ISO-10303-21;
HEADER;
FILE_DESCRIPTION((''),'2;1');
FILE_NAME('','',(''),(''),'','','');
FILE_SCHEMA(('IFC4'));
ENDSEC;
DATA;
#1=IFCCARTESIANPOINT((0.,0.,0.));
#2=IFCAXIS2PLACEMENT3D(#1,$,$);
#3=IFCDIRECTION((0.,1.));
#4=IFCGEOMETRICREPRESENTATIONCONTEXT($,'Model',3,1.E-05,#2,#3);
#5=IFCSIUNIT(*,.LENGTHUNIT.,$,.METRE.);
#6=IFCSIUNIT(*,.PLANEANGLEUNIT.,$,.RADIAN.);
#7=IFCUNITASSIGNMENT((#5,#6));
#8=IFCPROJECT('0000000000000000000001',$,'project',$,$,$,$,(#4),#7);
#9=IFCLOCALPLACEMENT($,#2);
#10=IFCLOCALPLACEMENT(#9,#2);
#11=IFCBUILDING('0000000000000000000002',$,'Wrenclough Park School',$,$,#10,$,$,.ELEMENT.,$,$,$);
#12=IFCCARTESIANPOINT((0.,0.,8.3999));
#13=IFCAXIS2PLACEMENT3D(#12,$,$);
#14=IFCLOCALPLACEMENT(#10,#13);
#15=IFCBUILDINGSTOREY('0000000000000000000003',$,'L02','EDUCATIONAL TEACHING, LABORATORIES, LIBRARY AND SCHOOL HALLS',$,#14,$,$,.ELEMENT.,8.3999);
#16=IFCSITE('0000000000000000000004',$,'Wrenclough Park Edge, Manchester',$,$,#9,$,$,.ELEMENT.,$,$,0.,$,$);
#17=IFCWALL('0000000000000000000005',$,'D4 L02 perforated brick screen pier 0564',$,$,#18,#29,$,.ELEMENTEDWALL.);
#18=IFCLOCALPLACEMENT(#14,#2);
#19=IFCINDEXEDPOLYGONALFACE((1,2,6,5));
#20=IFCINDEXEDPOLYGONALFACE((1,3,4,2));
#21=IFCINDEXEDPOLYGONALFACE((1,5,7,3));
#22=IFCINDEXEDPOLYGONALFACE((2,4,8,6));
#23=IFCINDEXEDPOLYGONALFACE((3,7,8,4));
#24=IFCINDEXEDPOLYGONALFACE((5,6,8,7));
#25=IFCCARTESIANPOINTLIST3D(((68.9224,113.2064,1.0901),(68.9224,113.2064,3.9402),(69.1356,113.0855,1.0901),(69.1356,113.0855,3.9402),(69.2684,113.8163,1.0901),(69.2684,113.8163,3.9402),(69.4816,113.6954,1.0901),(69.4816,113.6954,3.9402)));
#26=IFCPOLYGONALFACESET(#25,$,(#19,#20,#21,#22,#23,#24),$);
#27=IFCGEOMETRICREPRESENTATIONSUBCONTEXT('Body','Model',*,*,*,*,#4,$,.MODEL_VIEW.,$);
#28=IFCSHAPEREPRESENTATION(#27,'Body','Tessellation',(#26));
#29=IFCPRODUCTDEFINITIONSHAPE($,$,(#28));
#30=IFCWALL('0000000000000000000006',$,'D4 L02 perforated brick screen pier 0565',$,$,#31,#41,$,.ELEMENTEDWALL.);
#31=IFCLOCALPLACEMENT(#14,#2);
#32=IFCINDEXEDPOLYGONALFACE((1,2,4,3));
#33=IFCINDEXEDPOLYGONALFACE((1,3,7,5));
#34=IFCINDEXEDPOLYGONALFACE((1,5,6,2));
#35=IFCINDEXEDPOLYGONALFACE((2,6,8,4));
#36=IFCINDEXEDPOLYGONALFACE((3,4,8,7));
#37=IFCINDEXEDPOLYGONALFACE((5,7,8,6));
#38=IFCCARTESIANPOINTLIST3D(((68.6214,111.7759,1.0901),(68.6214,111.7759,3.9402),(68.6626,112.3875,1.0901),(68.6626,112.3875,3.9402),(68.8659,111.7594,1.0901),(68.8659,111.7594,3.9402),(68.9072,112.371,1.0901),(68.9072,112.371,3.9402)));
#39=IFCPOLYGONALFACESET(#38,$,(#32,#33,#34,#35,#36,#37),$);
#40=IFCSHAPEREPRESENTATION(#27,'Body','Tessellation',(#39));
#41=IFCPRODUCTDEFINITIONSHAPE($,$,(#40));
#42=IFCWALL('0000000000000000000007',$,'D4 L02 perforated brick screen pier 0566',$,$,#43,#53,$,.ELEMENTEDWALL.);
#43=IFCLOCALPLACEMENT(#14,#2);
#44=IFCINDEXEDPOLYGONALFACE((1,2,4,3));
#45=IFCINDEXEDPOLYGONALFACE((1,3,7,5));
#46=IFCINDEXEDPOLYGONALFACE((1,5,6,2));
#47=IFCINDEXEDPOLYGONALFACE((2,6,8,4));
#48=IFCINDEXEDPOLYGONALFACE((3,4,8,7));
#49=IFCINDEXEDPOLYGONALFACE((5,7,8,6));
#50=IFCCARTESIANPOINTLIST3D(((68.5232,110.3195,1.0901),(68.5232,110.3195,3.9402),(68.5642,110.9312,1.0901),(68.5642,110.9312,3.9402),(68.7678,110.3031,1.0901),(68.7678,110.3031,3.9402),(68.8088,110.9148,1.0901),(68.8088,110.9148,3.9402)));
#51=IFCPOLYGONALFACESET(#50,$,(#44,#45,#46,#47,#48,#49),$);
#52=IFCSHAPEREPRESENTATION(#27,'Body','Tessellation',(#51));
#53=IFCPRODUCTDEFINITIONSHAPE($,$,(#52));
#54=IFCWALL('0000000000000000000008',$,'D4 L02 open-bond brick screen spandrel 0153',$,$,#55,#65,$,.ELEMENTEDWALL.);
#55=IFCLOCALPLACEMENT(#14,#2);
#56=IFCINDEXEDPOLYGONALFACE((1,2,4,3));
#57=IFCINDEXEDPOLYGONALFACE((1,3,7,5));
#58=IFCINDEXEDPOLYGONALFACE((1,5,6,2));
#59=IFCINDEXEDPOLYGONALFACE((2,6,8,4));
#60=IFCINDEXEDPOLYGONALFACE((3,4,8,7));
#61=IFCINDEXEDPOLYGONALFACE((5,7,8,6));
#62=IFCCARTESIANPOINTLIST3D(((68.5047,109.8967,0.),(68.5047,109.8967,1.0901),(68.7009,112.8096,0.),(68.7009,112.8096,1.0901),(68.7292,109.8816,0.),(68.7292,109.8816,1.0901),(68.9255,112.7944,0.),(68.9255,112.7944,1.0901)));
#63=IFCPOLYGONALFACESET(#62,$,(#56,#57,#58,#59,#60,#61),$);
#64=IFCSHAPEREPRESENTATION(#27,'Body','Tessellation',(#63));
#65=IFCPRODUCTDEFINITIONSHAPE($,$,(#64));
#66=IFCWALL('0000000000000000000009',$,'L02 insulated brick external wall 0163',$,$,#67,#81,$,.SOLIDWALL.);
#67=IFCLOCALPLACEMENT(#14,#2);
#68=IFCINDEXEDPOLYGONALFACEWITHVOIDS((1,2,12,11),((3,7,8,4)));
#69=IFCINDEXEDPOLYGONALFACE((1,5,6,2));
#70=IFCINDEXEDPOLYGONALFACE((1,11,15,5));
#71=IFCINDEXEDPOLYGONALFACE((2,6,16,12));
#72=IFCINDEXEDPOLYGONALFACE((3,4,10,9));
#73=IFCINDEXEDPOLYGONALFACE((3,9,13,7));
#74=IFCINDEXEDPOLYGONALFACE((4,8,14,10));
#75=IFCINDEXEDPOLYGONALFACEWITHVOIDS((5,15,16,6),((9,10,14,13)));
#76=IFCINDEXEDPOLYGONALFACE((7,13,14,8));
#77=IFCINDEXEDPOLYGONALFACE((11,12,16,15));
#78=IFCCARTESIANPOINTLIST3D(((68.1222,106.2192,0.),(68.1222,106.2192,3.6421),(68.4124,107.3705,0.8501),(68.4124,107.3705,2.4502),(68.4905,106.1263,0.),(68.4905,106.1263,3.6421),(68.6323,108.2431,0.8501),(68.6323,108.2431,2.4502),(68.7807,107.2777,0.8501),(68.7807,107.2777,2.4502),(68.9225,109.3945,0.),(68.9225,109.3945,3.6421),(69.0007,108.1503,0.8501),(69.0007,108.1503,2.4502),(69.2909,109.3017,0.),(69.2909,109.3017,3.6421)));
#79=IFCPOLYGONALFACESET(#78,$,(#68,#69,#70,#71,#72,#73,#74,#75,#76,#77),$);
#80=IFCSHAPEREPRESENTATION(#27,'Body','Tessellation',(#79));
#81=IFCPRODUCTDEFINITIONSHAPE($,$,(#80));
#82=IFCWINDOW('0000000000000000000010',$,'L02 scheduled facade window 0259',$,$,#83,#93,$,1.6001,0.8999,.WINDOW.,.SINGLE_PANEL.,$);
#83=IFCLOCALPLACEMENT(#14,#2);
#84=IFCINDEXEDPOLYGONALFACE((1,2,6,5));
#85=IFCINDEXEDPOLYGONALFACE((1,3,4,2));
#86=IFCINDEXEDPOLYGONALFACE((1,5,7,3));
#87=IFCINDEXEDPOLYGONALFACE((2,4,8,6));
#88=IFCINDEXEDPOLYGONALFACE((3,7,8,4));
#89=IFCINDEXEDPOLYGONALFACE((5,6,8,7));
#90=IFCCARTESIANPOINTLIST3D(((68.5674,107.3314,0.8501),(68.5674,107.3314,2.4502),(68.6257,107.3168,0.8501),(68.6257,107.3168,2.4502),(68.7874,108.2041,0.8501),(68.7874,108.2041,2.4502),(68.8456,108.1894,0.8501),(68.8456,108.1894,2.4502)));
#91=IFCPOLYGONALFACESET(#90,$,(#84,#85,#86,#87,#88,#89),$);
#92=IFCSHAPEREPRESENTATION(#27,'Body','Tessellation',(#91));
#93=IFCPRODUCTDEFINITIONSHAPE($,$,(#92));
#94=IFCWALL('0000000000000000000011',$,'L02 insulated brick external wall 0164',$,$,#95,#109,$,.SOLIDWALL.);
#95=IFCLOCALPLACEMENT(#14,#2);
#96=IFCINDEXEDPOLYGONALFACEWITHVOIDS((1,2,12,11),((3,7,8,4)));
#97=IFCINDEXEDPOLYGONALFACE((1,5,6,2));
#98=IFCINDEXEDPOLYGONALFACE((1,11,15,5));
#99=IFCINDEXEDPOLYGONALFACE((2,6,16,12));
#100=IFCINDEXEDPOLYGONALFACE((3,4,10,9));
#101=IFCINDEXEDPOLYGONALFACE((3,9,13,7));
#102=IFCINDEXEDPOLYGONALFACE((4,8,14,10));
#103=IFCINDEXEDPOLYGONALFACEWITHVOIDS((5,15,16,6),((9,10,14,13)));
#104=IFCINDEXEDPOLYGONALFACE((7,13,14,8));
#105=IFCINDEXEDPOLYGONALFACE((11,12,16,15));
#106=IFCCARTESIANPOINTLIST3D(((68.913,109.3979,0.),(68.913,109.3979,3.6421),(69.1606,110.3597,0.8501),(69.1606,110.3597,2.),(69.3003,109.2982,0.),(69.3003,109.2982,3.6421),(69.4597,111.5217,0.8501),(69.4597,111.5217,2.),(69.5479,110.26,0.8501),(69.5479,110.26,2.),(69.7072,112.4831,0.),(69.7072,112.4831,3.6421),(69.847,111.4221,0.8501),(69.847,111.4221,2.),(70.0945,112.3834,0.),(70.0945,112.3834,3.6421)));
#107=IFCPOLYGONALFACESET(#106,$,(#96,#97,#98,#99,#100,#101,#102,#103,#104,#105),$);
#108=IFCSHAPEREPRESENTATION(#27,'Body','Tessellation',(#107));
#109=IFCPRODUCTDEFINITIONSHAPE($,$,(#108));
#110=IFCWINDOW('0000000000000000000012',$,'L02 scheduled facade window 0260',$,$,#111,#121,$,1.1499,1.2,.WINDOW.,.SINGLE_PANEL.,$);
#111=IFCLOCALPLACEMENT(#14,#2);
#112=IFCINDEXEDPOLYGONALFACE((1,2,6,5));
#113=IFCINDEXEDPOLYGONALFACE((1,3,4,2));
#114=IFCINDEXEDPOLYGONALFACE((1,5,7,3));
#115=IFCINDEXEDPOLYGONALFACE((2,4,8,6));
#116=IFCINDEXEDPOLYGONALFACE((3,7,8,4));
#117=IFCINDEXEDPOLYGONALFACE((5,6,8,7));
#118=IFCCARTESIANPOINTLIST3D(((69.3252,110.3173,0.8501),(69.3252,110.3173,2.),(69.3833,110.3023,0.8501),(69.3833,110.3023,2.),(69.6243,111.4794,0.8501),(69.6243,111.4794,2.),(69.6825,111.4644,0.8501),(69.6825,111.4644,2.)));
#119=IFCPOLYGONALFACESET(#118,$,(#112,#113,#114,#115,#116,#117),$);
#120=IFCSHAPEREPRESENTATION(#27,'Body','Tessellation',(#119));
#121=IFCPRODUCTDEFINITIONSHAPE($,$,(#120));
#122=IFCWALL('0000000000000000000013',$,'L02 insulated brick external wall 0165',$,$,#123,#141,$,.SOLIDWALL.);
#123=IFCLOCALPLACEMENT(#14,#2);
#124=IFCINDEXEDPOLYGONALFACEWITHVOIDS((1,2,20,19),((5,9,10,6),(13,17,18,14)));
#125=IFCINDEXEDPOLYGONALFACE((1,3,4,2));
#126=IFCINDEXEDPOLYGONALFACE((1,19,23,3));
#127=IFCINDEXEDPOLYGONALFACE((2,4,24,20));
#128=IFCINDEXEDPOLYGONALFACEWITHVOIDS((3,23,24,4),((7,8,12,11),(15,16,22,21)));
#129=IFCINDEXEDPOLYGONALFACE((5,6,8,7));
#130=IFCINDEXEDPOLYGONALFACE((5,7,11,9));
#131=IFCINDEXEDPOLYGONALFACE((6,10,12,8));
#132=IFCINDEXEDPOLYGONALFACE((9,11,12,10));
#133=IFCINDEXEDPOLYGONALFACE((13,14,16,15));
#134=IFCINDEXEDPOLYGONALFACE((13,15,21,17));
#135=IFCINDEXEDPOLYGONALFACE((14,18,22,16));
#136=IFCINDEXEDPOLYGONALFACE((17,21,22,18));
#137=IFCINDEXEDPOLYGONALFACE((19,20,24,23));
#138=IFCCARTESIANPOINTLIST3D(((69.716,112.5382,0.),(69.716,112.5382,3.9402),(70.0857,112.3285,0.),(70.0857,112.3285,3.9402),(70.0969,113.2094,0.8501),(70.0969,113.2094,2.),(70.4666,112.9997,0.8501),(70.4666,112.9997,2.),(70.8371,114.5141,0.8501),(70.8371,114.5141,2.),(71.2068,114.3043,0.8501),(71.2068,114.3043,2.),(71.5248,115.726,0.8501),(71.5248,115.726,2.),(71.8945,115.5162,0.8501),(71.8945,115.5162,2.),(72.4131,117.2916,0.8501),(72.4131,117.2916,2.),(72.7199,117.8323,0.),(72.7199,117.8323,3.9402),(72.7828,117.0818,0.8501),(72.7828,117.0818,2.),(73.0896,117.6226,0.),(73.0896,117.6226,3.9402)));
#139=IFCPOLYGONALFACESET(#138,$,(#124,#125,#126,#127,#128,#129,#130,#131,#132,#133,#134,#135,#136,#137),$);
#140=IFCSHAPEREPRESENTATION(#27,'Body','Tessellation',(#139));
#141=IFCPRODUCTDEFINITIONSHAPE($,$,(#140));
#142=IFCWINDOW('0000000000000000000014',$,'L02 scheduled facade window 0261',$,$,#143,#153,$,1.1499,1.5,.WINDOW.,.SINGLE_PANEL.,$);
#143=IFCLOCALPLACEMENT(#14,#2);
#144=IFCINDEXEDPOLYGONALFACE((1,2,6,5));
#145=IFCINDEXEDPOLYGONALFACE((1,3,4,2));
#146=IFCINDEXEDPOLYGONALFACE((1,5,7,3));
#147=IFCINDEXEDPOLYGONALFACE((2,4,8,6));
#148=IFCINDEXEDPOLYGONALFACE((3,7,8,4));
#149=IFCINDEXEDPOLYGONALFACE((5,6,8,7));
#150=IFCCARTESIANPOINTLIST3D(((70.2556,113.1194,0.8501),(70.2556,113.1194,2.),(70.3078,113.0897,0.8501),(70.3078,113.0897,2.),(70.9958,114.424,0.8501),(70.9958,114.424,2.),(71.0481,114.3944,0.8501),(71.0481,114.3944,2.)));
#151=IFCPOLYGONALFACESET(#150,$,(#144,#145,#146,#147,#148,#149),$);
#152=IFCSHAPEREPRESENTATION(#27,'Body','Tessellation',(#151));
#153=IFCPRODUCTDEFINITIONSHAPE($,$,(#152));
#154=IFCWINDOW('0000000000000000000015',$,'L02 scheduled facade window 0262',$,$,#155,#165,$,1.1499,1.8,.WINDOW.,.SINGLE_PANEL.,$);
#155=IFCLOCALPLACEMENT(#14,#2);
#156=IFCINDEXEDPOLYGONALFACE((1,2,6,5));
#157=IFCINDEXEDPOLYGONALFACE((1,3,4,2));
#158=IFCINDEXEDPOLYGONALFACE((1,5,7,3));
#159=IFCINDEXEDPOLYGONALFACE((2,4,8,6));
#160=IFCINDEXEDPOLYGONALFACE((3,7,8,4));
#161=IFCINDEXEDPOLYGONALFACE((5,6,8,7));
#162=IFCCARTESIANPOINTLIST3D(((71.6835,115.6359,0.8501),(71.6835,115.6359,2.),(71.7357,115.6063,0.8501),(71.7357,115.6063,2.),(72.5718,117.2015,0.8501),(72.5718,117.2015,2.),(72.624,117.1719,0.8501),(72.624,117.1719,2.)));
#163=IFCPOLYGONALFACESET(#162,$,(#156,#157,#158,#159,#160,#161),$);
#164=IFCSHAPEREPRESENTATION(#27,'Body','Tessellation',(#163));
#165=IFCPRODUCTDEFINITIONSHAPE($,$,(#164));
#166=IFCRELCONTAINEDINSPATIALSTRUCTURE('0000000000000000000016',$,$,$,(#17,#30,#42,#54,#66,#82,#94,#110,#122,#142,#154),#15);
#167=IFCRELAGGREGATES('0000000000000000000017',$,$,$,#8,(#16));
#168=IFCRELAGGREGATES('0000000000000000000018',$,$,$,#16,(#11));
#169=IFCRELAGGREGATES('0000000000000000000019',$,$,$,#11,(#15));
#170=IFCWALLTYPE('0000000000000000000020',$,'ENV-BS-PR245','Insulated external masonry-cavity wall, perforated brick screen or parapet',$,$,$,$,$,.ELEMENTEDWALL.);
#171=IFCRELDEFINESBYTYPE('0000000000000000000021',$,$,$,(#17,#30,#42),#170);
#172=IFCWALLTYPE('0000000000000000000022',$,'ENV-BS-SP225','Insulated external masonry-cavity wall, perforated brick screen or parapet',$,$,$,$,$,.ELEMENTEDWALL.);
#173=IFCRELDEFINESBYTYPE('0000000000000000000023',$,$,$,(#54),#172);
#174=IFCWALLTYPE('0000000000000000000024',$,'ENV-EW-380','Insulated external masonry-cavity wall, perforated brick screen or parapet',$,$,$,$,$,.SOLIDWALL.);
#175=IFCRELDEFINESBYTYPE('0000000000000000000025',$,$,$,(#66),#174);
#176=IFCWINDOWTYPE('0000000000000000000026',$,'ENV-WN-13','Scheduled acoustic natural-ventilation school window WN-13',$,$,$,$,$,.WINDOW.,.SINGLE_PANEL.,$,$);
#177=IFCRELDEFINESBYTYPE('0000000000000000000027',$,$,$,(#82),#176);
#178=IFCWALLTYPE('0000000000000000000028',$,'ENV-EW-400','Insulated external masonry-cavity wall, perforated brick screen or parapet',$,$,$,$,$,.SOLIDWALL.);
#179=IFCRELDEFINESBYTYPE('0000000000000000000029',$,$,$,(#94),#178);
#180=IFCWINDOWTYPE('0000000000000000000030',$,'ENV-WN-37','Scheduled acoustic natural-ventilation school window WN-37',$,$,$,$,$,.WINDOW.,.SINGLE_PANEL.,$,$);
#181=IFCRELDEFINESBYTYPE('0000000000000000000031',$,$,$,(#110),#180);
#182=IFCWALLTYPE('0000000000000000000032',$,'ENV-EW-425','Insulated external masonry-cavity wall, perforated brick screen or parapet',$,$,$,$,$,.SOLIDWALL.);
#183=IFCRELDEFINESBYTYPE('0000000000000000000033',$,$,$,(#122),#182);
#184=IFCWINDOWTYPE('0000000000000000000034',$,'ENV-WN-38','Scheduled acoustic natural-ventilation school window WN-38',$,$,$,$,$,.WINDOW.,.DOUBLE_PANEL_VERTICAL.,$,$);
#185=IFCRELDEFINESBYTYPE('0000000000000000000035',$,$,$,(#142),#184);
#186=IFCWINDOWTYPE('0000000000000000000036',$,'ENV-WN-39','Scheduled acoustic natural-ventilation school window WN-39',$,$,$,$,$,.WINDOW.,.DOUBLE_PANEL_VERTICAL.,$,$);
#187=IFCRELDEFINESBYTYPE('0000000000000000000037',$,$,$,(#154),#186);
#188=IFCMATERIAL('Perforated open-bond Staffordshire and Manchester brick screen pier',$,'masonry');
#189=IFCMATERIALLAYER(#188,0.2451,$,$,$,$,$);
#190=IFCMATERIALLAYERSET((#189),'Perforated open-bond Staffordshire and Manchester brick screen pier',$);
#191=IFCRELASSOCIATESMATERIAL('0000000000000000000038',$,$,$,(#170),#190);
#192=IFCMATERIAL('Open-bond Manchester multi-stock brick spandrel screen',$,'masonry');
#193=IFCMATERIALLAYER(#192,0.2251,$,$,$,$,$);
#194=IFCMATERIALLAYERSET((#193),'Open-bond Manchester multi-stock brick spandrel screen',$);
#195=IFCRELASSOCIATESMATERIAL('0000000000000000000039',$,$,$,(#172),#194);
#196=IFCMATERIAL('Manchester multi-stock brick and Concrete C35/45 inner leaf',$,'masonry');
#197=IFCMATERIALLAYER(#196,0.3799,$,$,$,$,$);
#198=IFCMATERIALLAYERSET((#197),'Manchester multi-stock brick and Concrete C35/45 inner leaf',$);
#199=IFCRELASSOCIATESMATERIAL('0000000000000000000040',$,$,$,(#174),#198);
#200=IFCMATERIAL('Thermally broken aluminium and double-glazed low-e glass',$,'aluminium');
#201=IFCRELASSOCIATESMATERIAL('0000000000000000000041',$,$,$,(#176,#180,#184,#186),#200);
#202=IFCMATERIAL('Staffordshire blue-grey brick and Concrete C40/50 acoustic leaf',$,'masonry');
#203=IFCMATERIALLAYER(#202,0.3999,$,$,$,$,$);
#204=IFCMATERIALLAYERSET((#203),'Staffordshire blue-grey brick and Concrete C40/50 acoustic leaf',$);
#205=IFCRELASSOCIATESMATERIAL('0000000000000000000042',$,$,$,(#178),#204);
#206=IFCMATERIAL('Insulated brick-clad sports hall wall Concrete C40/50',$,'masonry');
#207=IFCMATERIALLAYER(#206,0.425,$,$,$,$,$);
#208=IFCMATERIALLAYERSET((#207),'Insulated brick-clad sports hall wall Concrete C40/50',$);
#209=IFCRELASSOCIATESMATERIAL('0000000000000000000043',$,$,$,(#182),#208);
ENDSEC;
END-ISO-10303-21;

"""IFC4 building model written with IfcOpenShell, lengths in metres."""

from ifc_helpers import new_model, si_unit, direction, frame, frame_2d, origin, place, context, subcontext, project, spatial, rectangle, extrude, material, layer, layer_set, type_object, element, fill, save


model = new_model("IFC4")

# Units and contexts
model_context = context("Model", 3, precision=1e-05, world=origin(), true_north=direction((0.0, 1.0)))
body_context = subcontext(model_context, "Body", "Model", "MODEL_VIEW")
ifc_project = project(units=[si_unit("LENGTHUNIT", "METRE"), si_unit("PLANEANGLEUNIT", "RADIAN")], contexts=[model_context])

# Site, building, storey
site_placement = place(None, origin())
site = spatial("IfcSite", under=ifc_project, at=site_placement, Name="Wrenclough Park Edge, Manchester", CompositionType="ELEMENT", RefElevation=0.0)
building_placement = place(site_placement, origin())
building = spatial("IfcBuilding", under=site, at=building_placement, Name="Wrenclough Park School", CompositionType="ELEMENT")
storey_placement = place(building_placement, frame((0.0, 0.0, 8.3999)))
storey = spatial("IfcBuildingStorey", under=building, at=storey_placement, Name="L02", Description="EDUCATIONAL TEACHING, LABORATORIES, LIBRARY AND SCHOOL HALLS", CompositionType="ELEMENT", Elevation=8.3999)

# Walls
ifc_material_1 = material(Name="Perforated open-bond Staffordshire and Manchester brick screen pier", Category="masonry")
ifc_layer_1 = layer(ifc_material_1, 0.2451)
ifc_layer_set_1 = layer_set([ifc_layer_1], Name="Perforated open-bond Staffordshire and Manchester brick screen pier")
wall_type_1 = type_object("IfcWallType", Name="ENV-BS-PR245", Description="Insulated external masonry-cavity wall, perforated brick screen or parapet", PredefinedType="ELEMENTEDWALL", material=ifc_layer_set_1)
wall_1_placement = place(storey_placement, frame((69.375, 113.7559, 1.0901), z_axis=(0.0, 0.0, 1.0), x_axis=(-0.493399, -0.869803, 0.0)))
element("IfcWall", 1, at=wall_1_placement, inside=storey, type_object=wall_type_1, Name="D4 L02 perforated brick screen pier 0564", PredefinedType="ELEMENTEDWALL", context=body_context, shape_type="SweptSolid", body=[
    extrude(rectangle(XDim=0.7012, YDim=0.2451, at=frame_2d((0.3506, 0.0))), origin(), (0.0, 0.0, 1.0), 2.8501),
])
for number, where, z_axis, x_axis, name in (
    (2, (68.7849, 112.3794, 1.0901), (0.0, 0.0, 1.0), (-0.067312, -0.997732, 0.0), "D4 L02 perforated brick screen pier 0565"),
    (3, (68.6865, 110.9231, 1.0901), (0.0, 0.0, 1.0), (-0.066916, -0.997759, 0.0), "D4 L02 perforated brick screen pier 0566"),
):
    element("IfcWall", number, at=place(storey_placement, frame(where, z_axis=z_axis, x_axis=x_axis)), inside=storey, type_object=wall_type_1, Name=name, PredefinedType="ELEMENTEDWALL", context=body_context, shape_type="SweptSolid", body=[
        extrude(rectangle(XDim=0.613, YDim=0.2451, at=frame_2d((0.3066, 0.0))), origin(), (0.0, 0.0, 1.0), 2.8501),
    ])
ifc_material_2 = material(Name="Open-bond Manchester multi-stock brick spandrel screen", Category="masonry")
ifc_layer_2 = layer(ifc_material_2, 0.2251)
ifc_layer_set_2 = layer_set([ifc_layer_2], Name="Open-bond Manchester multi-stock brick spandrel screen")
wall_type_2 = type_object("IfcWallType", Name="ENV-BS-SP225", Description="Insulated external masonry-cavity wall, perforated brick screen or parapet", PredefinedType="ELEMENTEDWALL", material=ifc_layer_set_2)
wall_2_placement = place(storey_placement, frame((68.8132, 112.802, 0.0), z_axis=(0.0, 0.0, 1.0), x_axis=(-0.067235, -0.997737, 0.0)))
element("IfcWall", 4, at=wall_2_placement, inside=storey, type_object=wall_type_2, Name="D4 L02 open-bond brick screen spandrel 0153", PredefinedType="ELEMENTEDWALL", context=body_context, shape_type="SweptSolid", body=[
    extrude(rectangle(XDim=2.9194, YDim=0.2251, at=frame_2d((1.4597, 0.0))), origin(), (0.0, 0.0, 1.0), 1.0901),
])

# Walls, openings, windows
ifc_material_3 = material(Name="Manchester multi-stock brick and Concrete C35/45 inner leaf", Category="masonry")
ifc_layer_3 = layer(ifc_material_3, 0.3799)
ifc_layer_set_3 = layer_set([ifc_layer_3], Name="Manchester multi-stock brick and Concrete C35/45 inner leaf")
wall_type_3 = type_object("IfcWallType", Name="ENV-EW-380", Description="Insulated external masonry-cavity wall, perforated brick screen or parapet", PredefinedType="SOLIDWALL", material=ifc_layer_set_3)
wall_3_placement = place(storey_placement, frame((68.3064, 106.1729, 0.0), z_axis=(0.0, 0.0, 1.0), x_axis=(0.244395, 0.969676, 0.0)))
wall_3 = element("IfcWall", 5, at=wall_3_placement, inside=storey, type_object=wall_type_3, Name="L02 insulated brick external wall 0163", PredefinedType="SOLIDWALL", context=body_context, shape_type="SweptSolid", body=[
    extrude(rectangle(XDim=3.2747, YDim=0.3799, at=frame_2d((1.6372, 0.0))), origin(), (0.0, 0.0, 1.0), 3.6421),
])
opening_1_placement = place(wall_3_placement, frame((1.1873, 0.0, 0.8501)))
opening_1 = element("IfcOpeningElement", 6, at=opening_1_placement, cuts=wall_3, PredefinedType="OPENING", context=body_context, shape_type="SweptSolid", body=[
    extrude(rectangle(XDim=0.8999, YDim=1.6001, at=frame_2d((0.45, 0.8))), frame((0.0, 0.2, 0.0), z_axis=(0.0, -1.0, 0.0), x_axis=(1.0, 0.0, 0.0)), (0.0, 0.0, 1.0), 0.3999),
])
ifc_material_4 = material(Name="Thermally broken aluminium and double-glazed low-e glass", Category="aluminium")
window_type_1 = type_object("IfcWindowType", Name="ENV-WN-13", Description="Scheduled acoustic natural-ventilation school window WN-13", PartitioningType="SINGLE_PANEL", PredefinedType="WINDOW", material=ifc_material_4)
window_1_placement = place(opening_1_placement, origin())
window_1 = element("IfcWindow", 7, at=window_1_placement, inside=storey, type_object=window_type_1, Name="L02 scheduled facade window 0259", OverallHeight=1.6001, OverallWidth=0.8999, PartitioningType="SINGLE_PANEL", PredefinedType="WINDOW", context=body_context, shape_type="SweptSolid", body=[
    extrude(rectangle(XDim=0.8999, YDim=1.6001, at=frame_2d((0.45, 0.8))), frame((0.0, 0.03, 0.0), z_axis=(0.0, -1.0, 0.0), x_axis=(1.0, 0.0, 0.0)), (0.0, 0.0, 1.0), 0.0601),
])
fill(opening_1, window_1)
ifc_material_5 = material(Name="Staffordshire blue-grey brick and Concrete C40/50 acoustic leaf", Category="masonry")
ifc_layer_4 = layer(ifc_material_5, 0.3999)
ifc_layer_set_4 = layer_set([ifc_layer_4], Name="Staffordshire blue-grey brick and Concrete C40/50 acoustic leaf")
wall_type_4 = type_object("IfcWallType", Name="ENV-EW-400", Description="Insulated external masonry-cavity wall, perforated brick screen or parapet", PredefinedType="SOLIDWALL", material=ifc_layer_set_4)
wall_4_placement = place(storey_placement, frame((69.1067, 109.3481, 0.0), z_axis=(0.0, 0.0, 1.0), x_axis=(0.249292, 0.968428, 0.0)))
wall_4 = element("IfcWall", 8, at=wall_4_placement, inside=storey, type_object=wall_type_4, Name="L02 insulated brick external wall 0164", PredefinedType="SOLIDWALL", context=body_context, shape_type="SweptSolid", body=[
    extrude(rectangle(XDim=3.1858, YDim=0.3999, at=frame_2d((1.5928, 0.0))), origin(), (0.0, 0.0, 1.0), 3.6421),
])
opening_2_placement = place(wall_4_placement, frame((0.9929, 0.0, 0.8501)))
opening_2 = element("IfcOpeningElement", 9, at=opening_2_placement, cuts=wall_4, PredefinedType="OPENING", context=body_context, shape_type="SweptSolid", body=[
    extrude(rectangle(XDim=1.2, YDim=1.1499, at=frame_2d((0.6001, 0.575))), frame((0.0, 0.21, 0.0), z_axis=(0.0, -1.0, 0.0), x_axis=(1.0, 0.0, 0.0)), (0.0, 0.0, 1.0), 0.4199),
])
window_type_2 = type_object("IfcWindowType", Name="ENV-WN-37", Description="Scheduled acoustic natural-ventilation school window WN-37", PartitioningType="SINGLE_PANEL", PredefinedType="WINDOW", material=ifc_material_4)
window_2_placement = place(opening_2_placement, origin())
window_2 = element("IfcWindow", 10, at=window_2_placement, inside=storey, type_object=window_type_2, Name="L02 scheduled facade window 0260", OverallHeight=1.1499, OverallWidth=1.2, PartitioningType="SINGLE_PANEL", PredefinedType="WINDOW", context=body_context, shape_type="SweptSolid", body=[
    extrude(rectangle(XDim=1.2, YDim=1.1499, at=frame_2d((0.6001, 0.575))), frame((0.0, 0.03, 0.0), z_axis=(0.0, -1.0, 0.0), x_axis=(1.0, 0.0, 0.0)), (0.0, 0.0, 1.0), 0.0601),
])
fill(opening_2, window_2)

# Wall, openings, windows
ifc_material_6 = material(Name="Insulated brick-clad sports hall wall Concrete C40/50", Category="masonry")
ifc_layer_5 = layer(ifc_material_6, 0.425)
ifc_layer_set_5 = layer_set([ifc_layer_5], Name="Insulated brick-clad sports hall wall Concrete C40/50")
wall_type_5 = type_object("IfcWallType", Name="ENV-EW-425", Description="Insulated external masonry-cavity wall, perforated brick screen or parapet", PredefinedType="SOLIDWALL", material=ifc_layer_set_5)
wall_5_placement = place(storey_placement, frame((69.9009, 112.4333, 0.0), z_axis=(0.0, 0.0, 1.0), x_axis=(0.493493, 0.86975, 0.0)))
wall_5 = element("IfcWall", 11, at=wall_5_placement, inside=storey, type_object=wall_type_5, Name="L02 insulated brick external wall 0165", PredefinedType="SOLIDWALL", context=body_context, shape_type="SweptSolid", body=[
    extrude(rectangle(XDim=6.0869, YDim=0.425, at=frame_2d((3.0435, 0.0))), origin(), (0.0, 0.0, 1.0), 3.9402),
])
opening_3_placement = place(wall_5_placement, frame((0.7717, 0.0, 0.8501)))
opening_3 = element("IfcOpeningElement", 12, at=opening_3_placement, cuts=wall_5, PredefinedType="OPENING", context=body_context, shape_type="SweptSolid", body=[
    extrude(rectangle(XDim=1.5, YDim=1.1499, at=frame_2d((0.75, 0.575))), frame((0.0, 0.2224, 0.0), z_axis=(0.0, -1.0, 0.0), x_axis=(1.0, 0.0, 0.0)), (0.0, 0.0, 1.0), 0.4451),
])
opening_4_placement = place(wall_5_placement, frame((3.6653, 0.0, 0.8501)))
opening_4 = element("IfcOpeningElement", 13, at=opening_4_placement, cuts=wall_5, PredefinedType="OPENING", context=body_context, shape_type="SweptSolid", body=[
    extrude(rectangle(XDim=1.8, YDim=1.1499, at=frame_2d((0.8999, 0.575))), frame((0.0, 0.2224, 0.0), z_axis=(0.0, -1.0, 0.0), x_axis=(1.0, 0.0, 0.0)), (0.0, 0.0, 1.0), 0.4451),
])
window_type_3 = type_object("IfcWindowType", Name="ENV-WN-38", Description="Scheduled acoustic natural-ventilation school window WN-38", PartitioningType="DOUBLE_PANEL_VERTICAL", PredefinedType="WINDOW", material=ifc_material_4)
window_3_placement = place(opening_3_placement, origin())
window_3 = element("IfcWindow", 14, at=window_3_placement, inside=storey, type_object=window_type_3, Name="L02 scheduled facade window 0261", OverallHeight=1.1499, OverallWidth=1.5, PartitioningType="SINGLE_PANEL", PredefinedType="WINDOW", context=body_context, shape_type="SweptSolid", body=[
    extrude(rectangle(XDim=1.5, YDim=1.1499, at=frame_2d((0.75, 0.575))), frame((0.0, 0.03, 0.0), z_axis=(0.0, -1.0, 0.0), x_axis=(1.0, 0.0, 0.0)), (0.0, 0.0, 1.0), 0.0601),
])
fill(opening_3, window_3)
window_type_4 = type_object("IfcWindowType", Name="ENV-WN-39", Description="Scheduled acoustic natural-ventilation school window WN-39", PartitioningType="DOUBLE_PANEL_VERTICAL", PredefinedType="WINDOW", material=ifc_material_4)
window_4_placement = place(opening_4_placement, origin())
window_4 = element("IfcWindow", 15, at=window_4_placement, inside=storey, type_object=window_type_4, Name="L02 scheduled facade window 0262", OverallHeight=1.1499, OverallWidth=1.8, PartitioningType="SINGLE_PANEL", PredefinedType="WINDOW", context=body_context, shape_type="SweptSolid", body=[
    extrude(rectangle(XDim=1.8, YDim=1.1499, at=frame_2d((0.8999, 0.575))), frame((0.0, 0.03, 0.0), z_axis=(0.0, -1.0, 0.0), x_axis=(1.0, 0.0, 0.0)), (0.0, 0.0, 1.0), 0.0601),
])
fill(opening_4, window_4)

save(model, "model.ifc")
